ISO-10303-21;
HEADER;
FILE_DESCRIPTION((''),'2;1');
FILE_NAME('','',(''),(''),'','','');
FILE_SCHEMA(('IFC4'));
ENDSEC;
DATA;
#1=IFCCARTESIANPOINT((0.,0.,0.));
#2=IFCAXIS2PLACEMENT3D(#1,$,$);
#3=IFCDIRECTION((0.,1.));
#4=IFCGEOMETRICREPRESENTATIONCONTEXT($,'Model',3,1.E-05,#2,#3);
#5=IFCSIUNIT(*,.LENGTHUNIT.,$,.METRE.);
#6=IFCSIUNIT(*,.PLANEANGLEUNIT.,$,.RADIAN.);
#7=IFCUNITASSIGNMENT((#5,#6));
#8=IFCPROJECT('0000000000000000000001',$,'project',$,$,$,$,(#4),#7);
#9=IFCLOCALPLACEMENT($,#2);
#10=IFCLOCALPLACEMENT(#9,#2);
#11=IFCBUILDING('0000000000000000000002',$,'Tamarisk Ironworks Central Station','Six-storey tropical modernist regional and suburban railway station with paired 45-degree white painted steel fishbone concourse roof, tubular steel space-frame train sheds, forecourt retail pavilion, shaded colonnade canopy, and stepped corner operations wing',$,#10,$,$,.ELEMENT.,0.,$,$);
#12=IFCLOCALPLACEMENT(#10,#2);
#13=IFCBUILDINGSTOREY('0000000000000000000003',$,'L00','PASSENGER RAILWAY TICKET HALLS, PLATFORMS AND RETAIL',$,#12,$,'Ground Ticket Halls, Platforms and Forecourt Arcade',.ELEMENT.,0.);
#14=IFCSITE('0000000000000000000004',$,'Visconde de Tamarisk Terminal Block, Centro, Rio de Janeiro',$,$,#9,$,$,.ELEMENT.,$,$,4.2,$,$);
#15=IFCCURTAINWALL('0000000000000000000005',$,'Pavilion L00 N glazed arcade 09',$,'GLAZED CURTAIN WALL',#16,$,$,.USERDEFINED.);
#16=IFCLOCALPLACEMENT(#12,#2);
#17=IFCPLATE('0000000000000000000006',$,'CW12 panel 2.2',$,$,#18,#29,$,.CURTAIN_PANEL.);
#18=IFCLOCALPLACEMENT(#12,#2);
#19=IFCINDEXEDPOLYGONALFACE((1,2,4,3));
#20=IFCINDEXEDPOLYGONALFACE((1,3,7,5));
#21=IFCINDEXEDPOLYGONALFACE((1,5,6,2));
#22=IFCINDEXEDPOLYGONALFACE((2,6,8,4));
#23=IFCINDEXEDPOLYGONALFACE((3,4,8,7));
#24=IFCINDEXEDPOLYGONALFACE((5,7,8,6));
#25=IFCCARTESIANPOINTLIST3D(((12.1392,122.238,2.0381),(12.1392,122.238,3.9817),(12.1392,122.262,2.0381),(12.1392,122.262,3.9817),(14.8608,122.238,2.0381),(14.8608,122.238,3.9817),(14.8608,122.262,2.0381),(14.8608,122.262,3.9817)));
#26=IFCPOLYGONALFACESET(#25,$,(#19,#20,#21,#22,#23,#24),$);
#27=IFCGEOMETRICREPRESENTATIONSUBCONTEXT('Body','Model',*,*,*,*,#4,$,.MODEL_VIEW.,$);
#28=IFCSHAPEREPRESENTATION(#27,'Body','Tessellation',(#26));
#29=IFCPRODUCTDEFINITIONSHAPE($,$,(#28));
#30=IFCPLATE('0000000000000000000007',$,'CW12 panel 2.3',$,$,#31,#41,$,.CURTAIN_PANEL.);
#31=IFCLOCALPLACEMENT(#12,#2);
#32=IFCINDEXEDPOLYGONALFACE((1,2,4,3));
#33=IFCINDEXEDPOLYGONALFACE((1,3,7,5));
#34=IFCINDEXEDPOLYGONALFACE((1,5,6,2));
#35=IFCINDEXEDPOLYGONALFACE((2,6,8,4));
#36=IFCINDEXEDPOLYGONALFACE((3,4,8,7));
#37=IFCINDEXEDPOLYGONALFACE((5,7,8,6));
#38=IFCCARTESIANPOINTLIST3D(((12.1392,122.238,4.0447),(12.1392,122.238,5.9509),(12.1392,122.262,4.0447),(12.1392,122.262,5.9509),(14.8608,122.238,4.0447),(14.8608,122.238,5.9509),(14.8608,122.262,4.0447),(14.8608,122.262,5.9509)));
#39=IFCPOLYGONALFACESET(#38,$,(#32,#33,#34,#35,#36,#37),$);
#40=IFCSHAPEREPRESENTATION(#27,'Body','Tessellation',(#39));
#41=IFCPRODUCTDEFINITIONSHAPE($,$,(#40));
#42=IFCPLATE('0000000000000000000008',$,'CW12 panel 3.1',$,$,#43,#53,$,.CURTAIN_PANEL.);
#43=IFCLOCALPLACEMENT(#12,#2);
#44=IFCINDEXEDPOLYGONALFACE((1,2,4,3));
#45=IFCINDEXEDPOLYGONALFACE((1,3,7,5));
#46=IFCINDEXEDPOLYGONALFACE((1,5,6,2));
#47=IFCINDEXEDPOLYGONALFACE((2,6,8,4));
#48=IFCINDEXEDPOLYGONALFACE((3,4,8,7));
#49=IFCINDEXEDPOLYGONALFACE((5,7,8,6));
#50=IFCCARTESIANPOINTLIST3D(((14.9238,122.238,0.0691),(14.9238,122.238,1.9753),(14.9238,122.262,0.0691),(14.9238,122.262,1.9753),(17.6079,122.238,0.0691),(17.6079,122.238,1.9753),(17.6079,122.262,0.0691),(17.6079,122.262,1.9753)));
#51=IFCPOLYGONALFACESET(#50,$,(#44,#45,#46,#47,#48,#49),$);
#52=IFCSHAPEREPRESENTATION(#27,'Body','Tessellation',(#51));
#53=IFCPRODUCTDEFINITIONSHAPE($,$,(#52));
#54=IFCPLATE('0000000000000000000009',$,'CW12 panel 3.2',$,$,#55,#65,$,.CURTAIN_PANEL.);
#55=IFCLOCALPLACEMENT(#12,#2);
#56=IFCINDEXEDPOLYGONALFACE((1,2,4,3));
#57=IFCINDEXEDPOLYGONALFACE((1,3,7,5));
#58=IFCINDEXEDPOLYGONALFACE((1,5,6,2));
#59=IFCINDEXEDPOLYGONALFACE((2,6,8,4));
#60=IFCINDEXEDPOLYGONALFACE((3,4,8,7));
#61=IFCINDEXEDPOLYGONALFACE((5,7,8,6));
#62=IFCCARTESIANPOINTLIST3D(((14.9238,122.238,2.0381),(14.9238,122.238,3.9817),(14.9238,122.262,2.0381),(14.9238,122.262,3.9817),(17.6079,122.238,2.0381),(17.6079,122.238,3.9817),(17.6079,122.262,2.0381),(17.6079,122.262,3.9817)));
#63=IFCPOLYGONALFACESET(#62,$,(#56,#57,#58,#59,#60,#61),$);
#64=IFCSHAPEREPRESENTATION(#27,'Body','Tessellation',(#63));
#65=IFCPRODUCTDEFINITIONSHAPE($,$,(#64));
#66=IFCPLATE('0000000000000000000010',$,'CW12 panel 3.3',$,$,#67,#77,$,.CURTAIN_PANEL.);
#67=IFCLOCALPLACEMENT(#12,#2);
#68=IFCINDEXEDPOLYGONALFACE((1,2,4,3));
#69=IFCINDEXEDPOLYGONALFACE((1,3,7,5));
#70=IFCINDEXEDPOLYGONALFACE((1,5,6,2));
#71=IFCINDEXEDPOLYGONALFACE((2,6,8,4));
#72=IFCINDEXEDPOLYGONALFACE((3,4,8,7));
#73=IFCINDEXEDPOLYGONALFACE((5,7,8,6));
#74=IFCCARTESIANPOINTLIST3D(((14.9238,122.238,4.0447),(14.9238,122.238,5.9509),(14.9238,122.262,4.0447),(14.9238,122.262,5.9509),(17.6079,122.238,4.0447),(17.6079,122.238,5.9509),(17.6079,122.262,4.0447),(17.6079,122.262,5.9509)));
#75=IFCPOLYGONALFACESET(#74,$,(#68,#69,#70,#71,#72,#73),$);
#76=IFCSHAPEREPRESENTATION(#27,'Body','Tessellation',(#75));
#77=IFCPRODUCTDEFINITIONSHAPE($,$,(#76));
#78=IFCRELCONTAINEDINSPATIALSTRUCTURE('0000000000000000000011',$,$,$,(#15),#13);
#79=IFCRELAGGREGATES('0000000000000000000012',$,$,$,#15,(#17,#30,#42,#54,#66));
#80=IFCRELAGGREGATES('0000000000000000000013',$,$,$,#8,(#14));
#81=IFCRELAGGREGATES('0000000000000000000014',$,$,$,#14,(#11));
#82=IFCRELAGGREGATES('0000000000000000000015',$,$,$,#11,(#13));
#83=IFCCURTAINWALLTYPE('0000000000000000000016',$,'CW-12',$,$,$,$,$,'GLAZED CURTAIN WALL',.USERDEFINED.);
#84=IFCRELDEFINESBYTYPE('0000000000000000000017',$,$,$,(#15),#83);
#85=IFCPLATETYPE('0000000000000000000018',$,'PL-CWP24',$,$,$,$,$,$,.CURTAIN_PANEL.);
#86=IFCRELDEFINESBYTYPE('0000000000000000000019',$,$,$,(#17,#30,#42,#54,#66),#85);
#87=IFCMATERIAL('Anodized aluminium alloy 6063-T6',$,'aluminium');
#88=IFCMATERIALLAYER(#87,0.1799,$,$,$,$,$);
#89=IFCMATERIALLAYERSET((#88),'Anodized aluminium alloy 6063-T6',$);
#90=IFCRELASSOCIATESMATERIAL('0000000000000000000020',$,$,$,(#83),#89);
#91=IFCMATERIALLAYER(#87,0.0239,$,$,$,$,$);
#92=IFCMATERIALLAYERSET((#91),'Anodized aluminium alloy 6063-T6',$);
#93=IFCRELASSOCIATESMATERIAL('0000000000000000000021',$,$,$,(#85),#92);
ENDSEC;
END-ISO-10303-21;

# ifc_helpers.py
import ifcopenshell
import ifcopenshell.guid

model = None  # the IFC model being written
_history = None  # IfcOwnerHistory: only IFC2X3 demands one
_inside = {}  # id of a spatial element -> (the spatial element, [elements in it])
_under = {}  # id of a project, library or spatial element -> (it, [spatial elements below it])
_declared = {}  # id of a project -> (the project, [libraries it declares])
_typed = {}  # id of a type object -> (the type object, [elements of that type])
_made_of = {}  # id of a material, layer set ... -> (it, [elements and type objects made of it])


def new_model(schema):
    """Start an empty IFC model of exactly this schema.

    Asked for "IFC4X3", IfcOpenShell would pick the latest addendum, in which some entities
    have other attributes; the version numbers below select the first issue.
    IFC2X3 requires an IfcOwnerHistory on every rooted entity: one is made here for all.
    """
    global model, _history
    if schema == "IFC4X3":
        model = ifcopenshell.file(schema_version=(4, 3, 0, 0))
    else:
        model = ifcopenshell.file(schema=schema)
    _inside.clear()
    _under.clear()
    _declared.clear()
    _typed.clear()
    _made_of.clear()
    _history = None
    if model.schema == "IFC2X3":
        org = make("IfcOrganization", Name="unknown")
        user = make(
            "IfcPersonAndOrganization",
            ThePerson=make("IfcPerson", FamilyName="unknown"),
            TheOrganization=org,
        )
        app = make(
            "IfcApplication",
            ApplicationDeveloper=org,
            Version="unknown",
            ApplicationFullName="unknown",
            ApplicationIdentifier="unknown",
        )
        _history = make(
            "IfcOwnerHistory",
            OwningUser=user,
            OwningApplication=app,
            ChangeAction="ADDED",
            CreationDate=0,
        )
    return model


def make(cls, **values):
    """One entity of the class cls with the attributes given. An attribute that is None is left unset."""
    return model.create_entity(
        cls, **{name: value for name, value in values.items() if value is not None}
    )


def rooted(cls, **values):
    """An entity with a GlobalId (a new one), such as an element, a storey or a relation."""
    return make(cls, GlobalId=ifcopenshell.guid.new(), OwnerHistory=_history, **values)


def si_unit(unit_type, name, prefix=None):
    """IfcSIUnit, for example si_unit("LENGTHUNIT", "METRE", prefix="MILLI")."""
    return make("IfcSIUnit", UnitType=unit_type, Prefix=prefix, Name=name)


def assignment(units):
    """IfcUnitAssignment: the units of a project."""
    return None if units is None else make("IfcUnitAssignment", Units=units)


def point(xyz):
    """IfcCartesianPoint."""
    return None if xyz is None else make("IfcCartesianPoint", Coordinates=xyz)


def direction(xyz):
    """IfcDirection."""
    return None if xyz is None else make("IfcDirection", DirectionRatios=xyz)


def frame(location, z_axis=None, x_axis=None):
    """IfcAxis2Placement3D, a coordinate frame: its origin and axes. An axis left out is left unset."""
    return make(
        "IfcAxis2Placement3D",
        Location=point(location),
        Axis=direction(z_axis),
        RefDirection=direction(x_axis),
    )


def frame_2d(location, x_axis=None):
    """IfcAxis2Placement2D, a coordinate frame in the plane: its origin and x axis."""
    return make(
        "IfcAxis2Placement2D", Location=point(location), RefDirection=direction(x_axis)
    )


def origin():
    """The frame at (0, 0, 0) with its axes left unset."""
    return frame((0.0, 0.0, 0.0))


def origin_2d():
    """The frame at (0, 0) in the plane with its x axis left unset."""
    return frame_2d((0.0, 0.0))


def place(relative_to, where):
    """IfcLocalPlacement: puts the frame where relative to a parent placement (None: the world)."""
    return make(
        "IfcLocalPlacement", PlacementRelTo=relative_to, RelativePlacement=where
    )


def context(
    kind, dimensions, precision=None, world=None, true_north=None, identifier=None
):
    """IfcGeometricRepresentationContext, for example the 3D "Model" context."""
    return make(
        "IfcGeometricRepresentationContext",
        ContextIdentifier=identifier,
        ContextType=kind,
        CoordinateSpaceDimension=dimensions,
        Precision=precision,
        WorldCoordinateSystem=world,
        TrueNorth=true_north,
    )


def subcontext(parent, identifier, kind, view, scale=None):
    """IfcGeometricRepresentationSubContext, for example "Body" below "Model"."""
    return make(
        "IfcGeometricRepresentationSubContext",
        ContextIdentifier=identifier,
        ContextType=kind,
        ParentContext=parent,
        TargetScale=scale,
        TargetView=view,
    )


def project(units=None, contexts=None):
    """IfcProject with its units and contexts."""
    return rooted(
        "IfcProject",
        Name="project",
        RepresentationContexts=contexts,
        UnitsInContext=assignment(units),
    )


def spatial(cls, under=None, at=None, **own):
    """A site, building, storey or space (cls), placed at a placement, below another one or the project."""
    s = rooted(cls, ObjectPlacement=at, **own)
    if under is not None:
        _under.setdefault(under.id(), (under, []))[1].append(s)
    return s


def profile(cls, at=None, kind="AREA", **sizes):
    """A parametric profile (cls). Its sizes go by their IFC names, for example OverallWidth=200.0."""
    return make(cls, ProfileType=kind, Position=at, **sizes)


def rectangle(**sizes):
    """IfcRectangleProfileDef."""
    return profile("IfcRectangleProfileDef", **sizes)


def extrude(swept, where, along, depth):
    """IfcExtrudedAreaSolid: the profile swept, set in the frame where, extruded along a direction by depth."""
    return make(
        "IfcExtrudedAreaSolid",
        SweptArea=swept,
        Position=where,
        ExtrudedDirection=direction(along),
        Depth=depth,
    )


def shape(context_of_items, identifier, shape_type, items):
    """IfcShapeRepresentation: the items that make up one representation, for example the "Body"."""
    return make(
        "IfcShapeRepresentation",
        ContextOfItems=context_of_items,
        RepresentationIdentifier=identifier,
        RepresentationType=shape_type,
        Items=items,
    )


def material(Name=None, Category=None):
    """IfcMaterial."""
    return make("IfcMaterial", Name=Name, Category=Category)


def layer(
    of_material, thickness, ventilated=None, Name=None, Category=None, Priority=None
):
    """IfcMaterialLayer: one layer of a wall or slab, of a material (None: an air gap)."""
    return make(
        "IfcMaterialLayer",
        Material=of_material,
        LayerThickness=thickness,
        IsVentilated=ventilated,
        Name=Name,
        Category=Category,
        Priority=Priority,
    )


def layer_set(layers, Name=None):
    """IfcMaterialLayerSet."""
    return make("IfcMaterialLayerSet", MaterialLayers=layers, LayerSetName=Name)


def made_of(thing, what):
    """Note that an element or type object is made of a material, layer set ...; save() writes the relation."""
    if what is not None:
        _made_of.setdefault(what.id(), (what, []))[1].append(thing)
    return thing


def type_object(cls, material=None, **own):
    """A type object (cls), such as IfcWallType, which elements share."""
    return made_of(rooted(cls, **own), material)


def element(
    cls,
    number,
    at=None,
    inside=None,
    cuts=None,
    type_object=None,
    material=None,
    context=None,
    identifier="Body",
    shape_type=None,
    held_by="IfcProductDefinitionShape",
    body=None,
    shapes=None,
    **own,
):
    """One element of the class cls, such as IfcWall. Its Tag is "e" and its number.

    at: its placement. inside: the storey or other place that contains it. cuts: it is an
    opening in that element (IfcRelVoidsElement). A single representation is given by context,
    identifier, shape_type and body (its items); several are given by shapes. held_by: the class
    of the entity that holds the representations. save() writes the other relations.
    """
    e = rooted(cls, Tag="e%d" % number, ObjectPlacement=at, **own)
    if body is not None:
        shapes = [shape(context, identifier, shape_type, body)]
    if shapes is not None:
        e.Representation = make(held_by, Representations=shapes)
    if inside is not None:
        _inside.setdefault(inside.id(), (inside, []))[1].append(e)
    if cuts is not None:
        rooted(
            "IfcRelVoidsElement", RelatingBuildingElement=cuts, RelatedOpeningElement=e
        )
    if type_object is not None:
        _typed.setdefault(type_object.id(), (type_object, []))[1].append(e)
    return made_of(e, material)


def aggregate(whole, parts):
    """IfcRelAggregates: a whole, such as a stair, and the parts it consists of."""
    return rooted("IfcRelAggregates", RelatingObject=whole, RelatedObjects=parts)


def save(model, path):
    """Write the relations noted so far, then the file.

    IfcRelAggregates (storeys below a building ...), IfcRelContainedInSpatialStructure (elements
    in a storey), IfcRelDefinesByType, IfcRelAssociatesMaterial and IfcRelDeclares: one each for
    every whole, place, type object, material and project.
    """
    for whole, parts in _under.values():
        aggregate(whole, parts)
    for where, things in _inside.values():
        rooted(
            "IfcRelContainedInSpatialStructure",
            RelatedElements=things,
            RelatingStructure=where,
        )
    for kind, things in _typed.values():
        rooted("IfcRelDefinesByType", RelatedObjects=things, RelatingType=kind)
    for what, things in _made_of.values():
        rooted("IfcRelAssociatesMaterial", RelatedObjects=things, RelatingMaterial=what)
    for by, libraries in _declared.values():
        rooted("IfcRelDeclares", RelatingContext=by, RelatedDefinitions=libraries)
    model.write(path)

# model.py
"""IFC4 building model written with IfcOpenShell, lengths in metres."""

from ifc_helpers import new_model, si_unit, direction, frame, origin, origin_2d, place, context, subcontext, project, spatial, rectangle, extrude, material, layer, layer_set, type_object, element, aggregate, save


model = new_model("IFC4")

# Units and contexts
model_context = context("Model", 3, precision=1e-05, world=origin(), true_north=direction((0.0, 1.0)))
body_context = subcontext(model_context, "Body", "Model", "MODEL_VIEW")
ifc_project = project(units=[si_unit("LENGTHUNIT", "METRE"), si_unit("PLANEANGLEUNIT", "RADIAN")], contexts=[model_context])

# Site, building, storey
site_placement = place(None, origin())
site = spatial("IfcSite", under=ifc_project, at=site_placement, Name="Visconde de Tamarisk Terminal Block, Centro, Rio de Janeiro", CompositionType="ELEMENT", RefElevation=4.2)
building_placement = place(site_placement, origin())
building = spatial("IfcBuilding", under=site, at=building_placement, Name="Tamarisk Ironworks Central Station", Description="Six-storey tropical modernist regional and suburban railway station with paired 45-degree white painted steel fishbone concourse roof, tubular steel space-frame train sheds, forecourt retail pavilion, shaded colonnade canopy, and stepped corner operations wing", CompositionType="ELEMENT", ElevationOfRefHeight=0.0)
storey_placement = place(building_placement, origin())
storey = spatial("IfcBuildingStorey", under=building, at=storey_placement, Name="L00", Description="PASSENGER RAILWAY TICKET HALLS, PLATFORMS AND RETAIL", LongName="Ground Ticket Halls, Platforms and Forecourt Arcade", CompositionType="ELEMENT", Elevation=0.0)

# Curtain wall
ifc_material_1 = material(Name="Anodized aluminium alloy 6063-T6", Category="aluminium")
ifc_layer_1 = layer(ifc_material_1, 0.1799)
ifc_layer_set_1 = layer_set([ifc_layer_1], Name="Anodized aluminium alloy 6063-T6")
curtain_wall_type = type_object("IfcCurtainWallType", Name="CW-12", ElementType="GLAZED CURTAIN WALL", PredefinedType="USERDEFINED", material=ifc_layer_set_1)
curtain_wall_1_placement = place(storey_placement, origin())
curtain_wall_1 = element("IfcCurtainWall", 1, at=curtain_wall_1_placement, inside=storey, type_object=curtain_wall_type, Name="Pavilion L00 N glazed arcade 09", ObjectType="GLAZED CURTAIN WALL", PredefinedType="USERDEFINED")

# Plates
ifc_layer_2 = layer(ifc_material_1, 0.0239)
ifc_layer_set_2 = layer_set([ifc_layer_2], Name="Anodized aluminium alloy 6063-T6")
plate_type = type_object("IfcPlateType", Name="PL-CWP24", PredefinedType="CURTAIN_PANEL", material=ifc_layer_set_2)
plate_1_placement = place(storey_placement, frame((13.5, 122.25, 2.0381), z_axis=(0.0, 0.0, 1.0), x_axis=(1.0, 0.0, 0.0)))
plate_1 = element("IfcPlate", 2, at=plate_1_placement, type_object=plate_type, Name="CW12 panel 2.2", PredefinedType="CURTAIN_PANEL", context=body_context, shape_type="SweptSolid", body=[
    extrude(rectangle(XDim=2.7217, YDim=0.0239, at=origin_2d()), origin(), (0.0, 0.0, 1.0), 1.9436),
])
plate_2_placement = place(storey_placement, frame((13.5, 122.25, 4.0447), z_axis=(0.0, 0.0, 1.0), x_axis=(1.0, 0.0, 0.0)))
plate_2 = element("IfcPlate", 3, at=plate_2_placement, type_object=plate_type, Name="CW12 panel 2.3", PredefinedType="CURTAIN_PANEL", context=body_context, shape_type="SweptSolid", body=[
    extrude(rectangle(XDim=2.7217, YDim=0.0239, at=origin_2d()), origin(), (0.0, 0.0, 1.0), 1.9062),
])
plate_3_placement = place(storey_placement, frame((16.2659, 122.25, 0.0691), z_axis=(0.0, 0.0, 1.0), x_axis=(1.0, 0.0, 0.0)))
plate_3 = element("IfcPlate", 4, at=plate_3_placement, type_object=plate_type, Name="CW12 panel 3.1", PredefinedType="CURTAIN_PANEL", context=body_context, shape_type="SweptSolid", body=[
    extrude(rectangle(XDim=2.6841, YDim=0.0239, at=origin_2d()), origin(), (0.0, 0.0, 1.0), 1.9062),
])
plate_4_placement = place(storey_placement, frame((16.2659, 122.25, 2.0381), z_axis=(0.0, 0.0, 1.0), x_axis=(1.0, 0.0, 0.0)))
plate_4 = element("IfcPlate", 5, at=plate_4_placement, type_object=plate_type, Name="CW12 panel 3.2", PredefinedType="CURTAIN_PANEL", context=body_context, shape_type="SweptSolid", body=[
    extrude(rectangle(XDim=2.6841, YDim=0.0239, at=origin_2d()), origin(), (0.0, 0.0, 1.0), 1.9436),
])
plate_5_placement = place(storey_placement, frame((16.2659, 122.25, 4.0447), z_axis=(0.0, 0.0, 1.0), x_axis=(1.0, 0.0, 0.0)))
plate_5 = element("IfcPlate", 6, at=plate_5_placement, type_object=plate_type, Name="CW12 panel 3.3", PredefinedType="CURTAIN_PANEL", context=body_context, shape_type="SweptSolid", body=[
    extrude(rectangle(XDim=2.6841, YDim=0.0239, at=origin_2d()), origin(), (0.0, 0.0, 1.0), 1.9062),
])
aggregate(curtain_wall_1, [plate_1, plate_2, plate_3, plate_4, plate_5])

save(model, "model.ifc")
